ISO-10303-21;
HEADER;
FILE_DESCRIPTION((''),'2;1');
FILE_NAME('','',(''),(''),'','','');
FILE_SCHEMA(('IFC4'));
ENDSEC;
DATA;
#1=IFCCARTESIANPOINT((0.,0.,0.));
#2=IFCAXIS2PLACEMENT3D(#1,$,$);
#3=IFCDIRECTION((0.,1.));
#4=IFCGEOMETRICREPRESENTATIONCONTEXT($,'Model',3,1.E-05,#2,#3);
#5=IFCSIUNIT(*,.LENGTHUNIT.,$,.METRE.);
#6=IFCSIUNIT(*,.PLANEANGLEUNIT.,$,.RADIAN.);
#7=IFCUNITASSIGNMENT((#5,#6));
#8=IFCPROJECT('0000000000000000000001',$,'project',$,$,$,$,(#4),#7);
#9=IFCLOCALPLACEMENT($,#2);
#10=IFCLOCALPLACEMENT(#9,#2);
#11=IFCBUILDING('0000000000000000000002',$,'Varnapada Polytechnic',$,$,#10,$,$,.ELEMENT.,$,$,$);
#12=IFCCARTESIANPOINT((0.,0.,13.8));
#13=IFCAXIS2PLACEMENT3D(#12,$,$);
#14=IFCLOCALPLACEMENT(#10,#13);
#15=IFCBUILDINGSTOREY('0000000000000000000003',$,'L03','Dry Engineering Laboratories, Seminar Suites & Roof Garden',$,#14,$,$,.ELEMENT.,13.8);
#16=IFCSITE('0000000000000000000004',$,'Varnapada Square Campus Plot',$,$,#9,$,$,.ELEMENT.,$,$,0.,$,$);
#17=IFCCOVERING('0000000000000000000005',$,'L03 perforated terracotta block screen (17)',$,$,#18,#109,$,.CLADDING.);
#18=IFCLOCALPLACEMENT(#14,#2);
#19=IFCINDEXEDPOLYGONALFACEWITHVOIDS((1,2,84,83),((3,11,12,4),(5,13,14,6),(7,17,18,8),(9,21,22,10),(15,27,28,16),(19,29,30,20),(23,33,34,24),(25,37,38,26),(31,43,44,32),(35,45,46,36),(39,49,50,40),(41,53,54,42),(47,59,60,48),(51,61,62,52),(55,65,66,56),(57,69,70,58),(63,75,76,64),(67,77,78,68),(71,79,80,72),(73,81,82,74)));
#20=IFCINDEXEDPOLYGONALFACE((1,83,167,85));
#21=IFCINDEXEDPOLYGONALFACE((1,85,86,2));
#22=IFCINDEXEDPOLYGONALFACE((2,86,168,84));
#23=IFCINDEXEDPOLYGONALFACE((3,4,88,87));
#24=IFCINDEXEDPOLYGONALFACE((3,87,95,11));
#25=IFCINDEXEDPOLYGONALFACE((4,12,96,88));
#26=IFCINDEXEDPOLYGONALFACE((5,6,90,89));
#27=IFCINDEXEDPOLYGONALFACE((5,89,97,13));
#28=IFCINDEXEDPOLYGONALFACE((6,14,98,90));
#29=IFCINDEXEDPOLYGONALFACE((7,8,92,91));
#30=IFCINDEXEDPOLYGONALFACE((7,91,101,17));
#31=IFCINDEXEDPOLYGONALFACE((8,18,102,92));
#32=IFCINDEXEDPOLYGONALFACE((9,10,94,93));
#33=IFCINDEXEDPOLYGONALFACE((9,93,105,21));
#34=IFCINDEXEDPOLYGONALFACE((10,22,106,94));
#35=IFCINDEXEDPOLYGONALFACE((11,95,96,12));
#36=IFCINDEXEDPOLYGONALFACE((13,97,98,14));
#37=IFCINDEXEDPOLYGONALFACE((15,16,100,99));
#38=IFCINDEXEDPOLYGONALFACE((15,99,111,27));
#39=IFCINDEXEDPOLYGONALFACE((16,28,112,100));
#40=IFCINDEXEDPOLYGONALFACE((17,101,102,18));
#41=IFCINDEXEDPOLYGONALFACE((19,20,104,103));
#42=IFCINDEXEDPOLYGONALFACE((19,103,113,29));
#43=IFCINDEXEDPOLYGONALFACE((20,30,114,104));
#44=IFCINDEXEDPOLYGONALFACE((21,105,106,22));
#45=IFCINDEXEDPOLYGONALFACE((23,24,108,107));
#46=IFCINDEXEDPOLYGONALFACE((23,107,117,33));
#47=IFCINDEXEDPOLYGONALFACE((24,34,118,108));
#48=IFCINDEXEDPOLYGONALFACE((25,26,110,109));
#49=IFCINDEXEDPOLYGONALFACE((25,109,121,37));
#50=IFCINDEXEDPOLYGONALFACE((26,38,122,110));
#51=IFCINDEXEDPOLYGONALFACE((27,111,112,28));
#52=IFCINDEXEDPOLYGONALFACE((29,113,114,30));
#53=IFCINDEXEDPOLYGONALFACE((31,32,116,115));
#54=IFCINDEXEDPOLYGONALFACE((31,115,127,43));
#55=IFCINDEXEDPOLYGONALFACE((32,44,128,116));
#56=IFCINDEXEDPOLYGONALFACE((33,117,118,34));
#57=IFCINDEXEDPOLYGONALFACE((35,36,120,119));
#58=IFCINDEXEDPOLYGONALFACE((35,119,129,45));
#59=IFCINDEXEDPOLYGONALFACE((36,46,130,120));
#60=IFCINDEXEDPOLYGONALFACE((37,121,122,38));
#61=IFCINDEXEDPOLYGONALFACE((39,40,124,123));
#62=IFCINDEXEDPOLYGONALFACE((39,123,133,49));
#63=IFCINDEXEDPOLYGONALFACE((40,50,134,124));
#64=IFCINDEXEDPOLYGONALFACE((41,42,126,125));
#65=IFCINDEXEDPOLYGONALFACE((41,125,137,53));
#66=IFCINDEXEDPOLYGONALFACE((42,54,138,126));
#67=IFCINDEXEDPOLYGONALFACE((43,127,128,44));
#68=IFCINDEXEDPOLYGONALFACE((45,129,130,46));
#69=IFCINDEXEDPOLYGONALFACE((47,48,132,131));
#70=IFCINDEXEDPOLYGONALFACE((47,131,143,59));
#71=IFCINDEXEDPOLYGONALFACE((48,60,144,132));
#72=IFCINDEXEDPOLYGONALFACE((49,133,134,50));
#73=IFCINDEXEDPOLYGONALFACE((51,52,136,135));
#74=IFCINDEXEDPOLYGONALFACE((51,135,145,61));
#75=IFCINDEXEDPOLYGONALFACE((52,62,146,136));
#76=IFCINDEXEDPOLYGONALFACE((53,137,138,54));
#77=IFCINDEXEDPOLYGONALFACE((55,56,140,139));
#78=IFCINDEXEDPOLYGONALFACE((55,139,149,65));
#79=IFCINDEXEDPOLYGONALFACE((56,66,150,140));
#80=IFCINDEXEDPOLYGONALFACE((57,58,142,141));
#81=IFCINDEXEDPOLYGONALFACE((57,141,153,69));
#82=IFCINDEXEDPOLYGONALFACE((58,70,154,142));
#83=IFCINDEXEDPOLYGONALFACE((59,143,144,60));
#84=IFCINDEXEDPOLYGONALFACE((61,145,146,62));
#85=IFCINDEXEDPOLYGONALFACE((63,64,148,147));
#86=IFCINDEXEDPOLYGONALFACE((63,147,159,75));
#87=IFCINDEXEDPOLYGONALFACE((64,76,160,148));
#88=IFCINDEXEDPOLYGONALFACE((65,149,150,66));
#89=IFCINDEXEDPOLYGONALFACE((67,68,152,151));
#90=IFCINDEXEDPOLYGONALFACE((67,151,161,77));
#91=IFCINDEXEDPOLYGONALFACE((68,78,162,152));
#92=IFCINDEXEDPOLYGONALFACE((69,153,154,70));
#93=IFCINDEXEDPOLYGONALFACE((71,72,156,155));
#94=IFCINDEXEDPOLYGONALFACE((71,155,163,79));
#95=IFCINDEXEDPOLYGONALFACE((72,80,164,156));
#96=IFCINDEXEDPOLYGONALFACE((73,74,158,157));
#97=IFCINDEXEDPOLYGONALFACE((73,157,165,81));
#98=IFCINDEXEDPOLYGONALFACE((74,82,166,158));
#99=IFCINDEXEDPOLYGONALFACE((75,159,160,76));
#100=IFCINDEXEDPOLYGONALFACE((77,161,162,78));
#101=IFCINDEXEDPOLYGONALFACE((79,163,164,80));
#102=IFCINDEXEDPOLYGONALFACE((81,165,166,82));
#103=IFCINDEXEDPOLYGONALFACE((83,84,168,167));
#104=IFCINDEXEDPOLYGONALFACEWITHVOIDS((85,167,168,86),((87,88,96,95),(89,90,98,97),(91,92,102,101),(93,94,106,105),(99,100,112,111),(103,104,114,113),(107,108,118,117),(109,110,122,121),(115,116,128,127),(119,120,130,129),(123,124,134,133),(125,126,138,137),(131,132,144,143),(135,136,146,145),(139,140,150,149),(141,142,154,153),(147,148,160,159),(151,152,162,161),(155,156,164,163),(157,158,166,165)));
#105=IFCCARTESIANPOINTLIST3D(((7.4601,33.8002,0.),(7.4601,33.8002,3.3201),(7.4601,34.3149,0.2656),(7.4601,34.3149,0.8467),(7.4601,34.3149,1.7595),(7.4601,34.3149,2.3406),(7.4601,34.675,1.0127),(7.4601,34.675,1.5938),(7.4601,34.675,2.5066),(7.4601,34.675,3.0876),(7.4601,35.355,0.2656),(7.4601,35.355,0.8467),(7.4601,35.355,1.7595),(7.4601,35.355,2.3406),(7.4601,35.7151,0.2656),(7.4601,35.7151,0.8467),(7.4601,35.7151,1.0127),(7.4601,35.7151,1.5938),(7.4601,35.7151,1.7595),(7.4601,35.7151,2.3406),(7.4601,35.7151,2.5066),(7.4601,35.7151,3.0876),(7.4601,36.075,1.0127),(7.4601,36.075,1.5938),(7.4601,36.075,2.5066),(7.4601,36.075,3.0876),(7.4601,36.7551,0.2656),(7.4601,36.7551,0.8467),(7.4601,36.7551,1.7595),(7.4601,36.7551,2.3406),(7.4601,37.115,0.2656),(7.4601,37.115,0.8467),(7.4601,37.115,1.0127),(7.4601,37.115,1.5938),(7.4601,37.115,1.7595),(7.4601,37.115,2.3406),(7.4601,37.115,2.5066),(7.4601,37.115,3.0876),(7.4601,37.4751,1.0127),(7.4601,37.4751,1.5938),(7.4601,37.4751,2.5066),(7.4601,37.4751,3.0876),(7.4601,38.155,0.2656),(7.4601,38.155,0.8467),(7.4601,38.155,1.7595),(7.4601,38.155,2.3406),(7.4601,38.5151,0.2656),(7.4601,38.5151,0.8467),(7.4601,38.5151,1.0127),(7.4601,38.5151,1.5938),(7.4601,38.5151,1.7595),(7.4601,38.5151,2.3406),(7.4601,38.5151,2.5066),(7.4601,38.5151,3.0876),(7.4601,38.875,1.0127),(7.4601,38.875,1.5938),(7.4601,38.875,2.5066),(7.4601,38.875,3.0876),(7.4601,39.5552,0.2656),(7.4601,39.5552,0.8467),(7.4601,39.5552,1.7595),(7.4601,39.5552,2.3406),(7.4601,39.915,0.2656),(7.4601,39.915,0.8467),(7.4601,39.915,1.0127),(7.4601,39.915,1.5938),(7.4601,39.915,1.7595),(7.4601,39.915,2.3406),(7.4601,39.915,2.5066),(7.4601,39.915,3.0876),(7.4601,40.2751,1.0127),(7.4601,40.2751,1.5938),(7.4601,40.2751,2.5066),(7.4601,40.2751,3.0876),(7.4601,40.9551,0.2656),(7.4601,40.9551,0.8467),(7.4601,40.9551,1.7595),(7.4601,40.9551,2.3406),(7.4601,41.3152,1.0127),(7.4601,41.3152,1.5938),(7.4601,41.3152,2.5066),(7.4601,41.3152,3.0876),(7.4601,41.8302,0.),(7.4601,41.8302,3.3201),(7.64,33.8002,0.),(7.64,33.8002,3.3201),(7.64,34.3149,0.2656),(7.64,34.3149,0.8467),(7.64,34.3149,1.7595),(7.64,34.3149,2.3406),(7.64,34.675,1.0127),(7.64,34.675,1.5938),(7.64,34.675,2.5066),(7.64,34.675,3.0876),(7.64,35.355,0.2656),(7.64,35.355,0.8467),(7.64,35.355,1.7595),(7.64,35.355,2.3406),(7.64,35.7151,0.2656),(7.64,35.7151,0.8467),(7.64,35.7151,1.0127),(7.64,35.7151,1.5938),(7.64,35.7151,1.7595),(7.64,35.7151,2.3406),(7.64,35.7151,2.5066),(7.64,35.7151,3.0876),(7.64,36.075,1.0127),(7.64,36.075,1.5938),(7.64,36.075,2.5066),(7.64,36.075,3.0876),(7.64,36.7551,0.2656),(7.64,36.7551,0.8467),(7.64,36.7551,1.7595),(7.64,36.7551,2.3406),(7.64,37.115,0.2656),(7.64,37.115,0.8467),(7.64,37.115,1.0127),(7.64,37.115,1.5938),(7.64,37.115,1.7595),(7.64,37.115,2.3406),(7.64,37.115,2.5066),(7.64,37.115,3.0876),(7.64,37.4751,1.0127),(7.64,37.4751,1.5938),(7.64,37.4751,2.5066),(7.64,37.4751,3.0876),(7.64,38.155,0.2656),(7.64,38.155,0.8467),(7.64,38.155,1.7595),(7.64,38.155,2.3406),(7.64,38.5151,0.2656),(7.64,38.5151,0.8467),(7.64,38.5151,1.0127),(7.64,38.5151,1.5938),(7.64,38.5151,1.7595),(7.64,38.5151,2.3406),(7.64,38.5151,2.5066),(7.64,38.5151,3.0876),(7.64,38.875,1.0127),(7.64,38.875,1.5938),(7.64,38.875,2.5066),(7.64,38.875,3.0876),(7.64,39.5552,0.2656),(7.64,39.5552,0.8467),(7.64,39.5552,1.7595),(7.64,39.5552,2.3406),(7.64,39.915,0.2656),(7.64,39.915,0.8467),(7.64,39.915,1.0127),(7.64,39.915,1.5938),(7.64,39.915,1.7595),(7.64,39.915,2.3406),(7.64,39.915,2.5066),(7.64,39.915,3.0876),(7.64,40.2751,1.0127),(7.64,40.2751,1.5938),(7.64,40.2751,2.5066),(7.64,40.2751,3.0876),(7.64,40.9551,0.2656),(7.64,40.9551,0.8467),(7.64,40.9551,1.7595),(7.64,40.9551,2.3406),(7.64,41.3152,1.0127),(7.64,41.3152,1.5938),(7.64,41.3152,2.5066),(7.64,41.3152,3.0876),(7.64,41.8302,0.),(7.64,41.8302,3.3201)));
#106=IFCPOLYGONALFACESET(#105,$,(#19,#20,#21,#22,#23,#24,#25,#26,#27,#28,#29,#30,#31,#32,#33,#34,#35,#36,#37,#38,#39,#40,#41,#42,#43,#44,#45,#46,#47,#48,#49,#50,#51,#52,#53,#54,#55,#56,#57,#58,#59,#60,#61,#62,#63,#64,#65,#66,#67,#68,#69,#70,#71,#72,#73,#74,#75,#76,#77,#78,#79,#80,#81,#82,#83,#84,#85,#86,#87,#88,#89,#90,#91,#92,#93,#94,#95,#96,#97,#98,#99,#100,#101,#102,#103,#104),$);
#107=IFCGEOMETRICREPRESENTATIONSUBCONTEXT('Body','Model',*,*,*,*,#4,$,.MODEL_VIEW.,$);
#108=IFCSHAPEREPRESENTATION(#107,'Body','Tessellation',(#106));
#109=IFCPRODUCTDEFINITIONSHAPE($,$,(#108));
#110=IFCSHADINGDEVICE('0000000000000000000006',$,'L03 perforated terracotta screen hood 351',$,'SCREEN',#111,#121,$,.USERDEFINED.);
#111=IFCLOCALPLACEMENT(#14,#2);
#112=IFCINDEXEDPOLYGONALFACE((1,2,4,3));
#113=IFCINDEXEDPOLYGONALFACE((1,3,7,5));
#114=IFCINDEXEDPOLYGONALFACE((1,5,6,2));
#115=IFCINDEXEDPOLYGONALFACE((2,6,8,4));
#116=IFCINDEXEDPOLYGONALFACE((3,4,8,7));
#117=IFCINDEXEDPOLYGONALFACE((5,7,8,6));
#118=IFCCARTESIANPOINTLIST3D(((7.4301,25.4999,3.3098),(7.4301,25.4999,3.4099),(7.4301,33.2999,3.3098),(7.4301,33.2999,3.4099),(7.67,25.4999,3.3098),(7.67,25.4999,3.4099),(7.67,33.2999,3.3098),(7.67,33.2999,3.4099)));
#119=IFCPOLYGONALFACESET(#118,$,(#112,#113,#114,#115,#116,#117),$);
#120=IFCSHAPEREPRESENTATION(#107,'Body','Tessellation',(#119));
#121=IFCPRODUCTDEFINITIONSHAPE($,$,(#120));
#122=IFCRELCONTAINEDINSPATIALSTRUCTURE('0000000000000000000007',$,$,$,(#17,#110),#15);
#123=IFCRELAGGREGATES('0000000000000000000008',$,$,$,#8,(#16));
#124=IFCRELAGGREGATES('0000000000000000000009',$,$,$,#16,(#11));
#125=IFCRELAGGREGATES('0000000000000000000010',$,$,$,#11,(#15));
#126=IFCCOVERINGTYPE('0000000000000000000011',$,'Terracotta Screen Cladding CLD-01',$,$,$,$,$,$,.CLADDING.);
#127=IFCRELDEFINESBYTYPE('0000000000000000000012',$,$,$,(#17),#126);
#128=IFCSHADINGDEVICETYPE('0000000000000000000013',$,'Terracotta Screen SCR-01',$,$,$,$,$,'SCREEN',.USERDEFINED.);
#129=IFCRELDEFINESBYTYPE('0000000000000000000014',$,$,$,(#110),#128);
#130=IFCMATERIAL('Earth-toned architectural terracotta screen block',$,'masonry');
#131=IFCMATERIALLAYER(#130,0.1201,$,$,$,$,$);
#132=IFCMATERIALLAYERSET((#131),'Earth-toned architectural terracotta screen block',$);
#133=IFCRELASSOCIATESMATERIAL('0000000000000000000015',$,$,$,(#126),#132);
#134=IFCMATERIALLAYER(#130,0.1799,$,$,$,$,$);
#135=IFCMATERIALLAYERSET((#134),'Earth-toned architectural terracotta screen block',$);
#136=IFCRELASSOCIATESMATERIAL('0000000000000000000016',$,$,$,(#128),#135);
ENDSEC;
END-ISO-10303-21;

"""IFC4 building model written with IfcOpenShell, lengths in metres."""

from ifc_helpers import new_model, si_unit, direction, frame, frame_2d, origin, origin_2d, place, context, subcontext, project, spatial, rectangle, extrude, material, layer, layer_set, type_object, element, save


model = new_model("IFC4")

# Units and contexts
model_context = context("Model", 3, precision=1e-05, world=origin(), true_north=direction((0.0, 1.0)))
body_context = subcontext(model_context, "Body", "Model", "MODEL_VIEW")
ifc_project = project(units=[si_unit("LENGTHUNIT", "METRE"), si_unit("PLANEANGLEUNIT", "RADIAN")], contexts=[model_context])

# Site, building, storey
site_placement = place(None, origin())
site = spatial("IfcSite", under=ifc_project, at=site_placement, Name="Varnapada Square Campus Plot", CompositionType="ELEMENT", RefElevation=0.0)
building_placement = place(site_placement, origin())
building = spatial("IfcBuilding", under=site, at=building_placement, Name="Varnapada Polytechnic", CompositionType="ELEMENT")
storey_placement = place(building_placement, frame((0.0, 0.0, 13.8)))
storey = spatial("IfcBuildingStorey", under=building, at=storey_placement, Name="L03", Description="Dry Engineering Laboratories, Seminar Suites & Roof Garden", CompositionType="ELEMENT", Elevation=13.8)

# Covering, openings
ifc_material_1 = material(Name="Earth-toned architectural terracotta screen block", Category="masonry")
ifc_layer_1 = layer(ifc_material_1, 0.1201)
ifc_layer_set_1 = layer_set([ifc_layer_1], Name="Earth-toned architectural terracotta screen block")
covering_type = type_object("IfcCoveringType", Name="Terracotta Screen Cladding CLD-01", PredefinedType="CLADDING", material=ifc_layer_set_1)
covering_placement = place(storey_placement, frame((7.55, 33.8, 0.0), z_axis=(0.0, 0.0, 1.0), x_axis=(0.0, 1.0, 0.0)))
covering = element("IfcCovering", 1, at=covering_placement, inside=storey, type_object=covering_type, Name="L03 perforated terracotta block screen (17)", PredefinedType="CLADDING", context=body_context, shape_type="SweptSolid", body=[
    extrude(rectangle(XDim=8.03, YDim=0.1799, at=frame_2d((4.0151, 0.0))), origin(), (0.0, 0.0, 1.0), 3.3201),
])
opening_1_placement = place(covering_placement, frame((0.5149, 0.0, 0.2656)))
element("IfcOpeningElement", 2, at=opening_1_placement, cuts=covering, PredefinedType="OPENING", context=body_context, shape_type="SweptSolid", body=[
    extrude(rectangle(XDim=1.04, YDim=0.5811, at=frame_2d((0.52, 0.2905))), frame((0.0, 0.0999, 0.0), z_axis=(0.0, -1.0, 0.0), x_axis=(1.0, 0.0, 0.0)), (0.0, 0.0, 1.0), 0.2),
])
opening_2_placement = place(covering_placement, frame((1.915, 0.0, 0.2656)))
element("IfcOpeningElement", 3, at=opening_2_placement, cuts=covering, PredefinedType="OPENING", context=body_context, shape_type="SweptSolid", body=[
    extrude(rectangle(XDim=1.04, YDim=0.5811, at=frame_2d((0.52, 0.2905))), frame((0.0, 0.0999, 0.0), z_axis=(0.0, -1.0, 0.0), x_axis=(1.0, 0.0, 0.0)), (0.0, 0.0, 1.0), 0.2),
])
opening_3_placement = place(covering_placement, frame((3.3149, 0.0, 0.2656)))
element("IfcOpeningElement", 4, at=opening_3_placement, cuts=covering, PredefinedType="OPENING", context=body_context, shape_type="SweptSolid", body=[
    extrude(rectangle(XDim=1.04, YDim=0.5811, at=frame_2d((0.52, 0.2905))), frame((0.0, 0.0999, 0.0), z_axis=(0.0, -1.0, 0.0), x_axis=(1.0, 0.0, 0.0)), (0.0, 0.0, 1.0), 0.2),
])
opening_4_placement = place(covering_placement, frame((4.7151, 0.0, 0.2656)))
element("IfcOpeningElement", 5, at=opening_4_placement, cuts=covering, PredefinedType="OPENING", context=body_context, shape_type="SweptSolid", body=[
    extrude(rectangle(XDim=1.04, YDim=0.5811, at=frame_2d((0.52, 0.2905))), frame((0.0, 0.0999, 0.0), z_axis=(0.0, -1.0, 0.0), x_axis=(1.0, 0.0, 0.0)), (0.0, 0.0, 1.0), 0.2),
])
opening_5_placement = place(covering_placement, frame((6.115, 0.0, 0.2656)))
element("IfcOpeningElement", 6, at=opening_5_placement, cuts=covering, PredefinedType="OPENING", context=body_context, shape_type="SweptSolid", body=[
    extrude(rectangle(XDim=1.04, YDim=0.5811, at=frame_2d((0.52, 0.2905))), frame((0.0, 0.0999, 0.0), z_axis=(0.0, -1.0, 0.0), x_axis=(1.0, 0.0, 0.0)), (0.0, 0.0, 1.0), 0.2),
])
opening_6_placement = place(covering_placement, frame((0.875, 0.0, 1.0127)))
element("IfcOpeningElement", 7, at=opening_6_placement, cuts=covering, PredefinedType="OPENING", context=body_context, shape_type="SweptSolid", body=[
    extrude(rectangle(XDim=1.04, YDim=0.5811, at=frame_2d((0.52, 0.2905))), frame((0.0, 0.0999, 0.0), z_axis=(0.0, -1.0, 0.0), x_axis=(1.0, 0.0, 0.0)), (0.0, 0.0, 1.0), 0.2),
])
opening_7_placement = place(covering_placement, frame((2.2749, 0.0, 1.0127)))
element("IfcOpeningElement", 8, at=opening_7_placement, cuts=covering, PredefinedType="OPENING", context=body_context, shape_type="SweptSolid", body=[
    extrude(rectangle(XDim=1.04, YDim=0.5811, at=frame_2d((0.52, 0.2905))), frame((0.0, 0.0999, 0.0), z_axis=(0.0, -1.0, 0.0), x_axis=(1.0, 0.0, 0.0)), (0.0, 0.0, 1.0), 0.2),
])
opening_8_placement = place(covering_placement, frame((3.675, 0.0, 1.0127)))
element("IfcOpeningElement", 9, at=opening_8_placement, cuts=covering, PredefinedType="OPENING", context=body_context, shape_type="SweptSolid", body=[
    extrude(rectangle(XDim=1.04, YDim=0.5811, at=frame_2d((0.52, 0.2905))), frame((0.0, 0.0999, 0.0), z_axis=(0.0, -1.0, 0.0), x_axis=(1.0, 0.0, 0.0)), (0.0, 0.0, 1.0), 0.2),
])
opening_9_placement = place(covering_placement, frame((5.075, 0.0, 1.0127)))
element("IfcOpeningElement", 10, at=opening_9_placement, cuts=covering, PredefinedType="OPENING", context=body_context, shape_type="SweptSolid", body=[
    extrude(rectangle(XDim=1.04, YDim=0.5811, at=frame_2d((0.52, 0.2905))), frame((0.0, 0.0999, 0.0), z_axis=(0.0, -1.0, 0.0), x_axis=(1.0, 0.0, 0.0)), (0.0, 0.0, 1.0), 0.2),
])
opening_10_placement = place(covering_placement, frame((6.4751, 0.0, 1.0127)))
element("IfcOpeningElement", 11, at=opening_10_placement, cuts=covering, PredefinedType="OPENING", context=body_context, shape_type="SweptSolid", body=[
    extrude(rectangle(XDim=1.04, YDim=0.5811, at=frame_2d((0.52, 0.2905))), frame((0.0, 0.0999, 0.0), z_axis=(0.0, -1.0, 0.0), x_axis=(1.0, 0.0, 0.0)), (0.0, 0.0, 1.0), 0.2),
])
opening_11_placement = place(covering_placement, frame((0.5149, 0.0, 1.7595)))
element("IfcOpeningElement", 12, at=opening_11_placement, cuts=covering, PredefinedType="OPENING", context=body_context, shape_type="SweptSolid", body=[
    extrude(rectangle(XDim=1.04, YDim=0.5811, at=frame_2d((0.52, 0.2905))), frame((0.0, 0.0999, 0.0), z_axis=(0.0, -1.0, 0.0), x_axis=(1.0, 0.0, 0.0)), (0.0, 0.0, 1.0), 0.2),
])
opening_12_placement = place(covering_placement, frame((1.915, 0.0, 1.7595)))
element("IfcOpeningElement", 13, at=opening_12_placement, cuts=covering, PredefinedType="OPENING", context=body_context, shape_type="SweptSolid", body=[
    extrude(rectangle(XDim=1.04, YDim=0.5811, at=frame_2d((0.52, 0.2905))), frame((0.0, 0.0999, 0.0), z_axis=(0.0, -1.0, 0.0), x_axis=(1.0, 0.0, 0.0)), (0.0, 0.0, 1.0), 0.2),
])
opening_13_placement = place(covering_placement, frame((3.3149, 0.0, 1.7595)))
element("IfcOpeningElement", 14, at=opening_13_placement, cuts=covering, PredefinedType="OPENING", context=body_context, shape_type="SweptSolid", body=[
    extrude(rectangle(XDim=1.04, YDim=0.5811, at=frame_2d((0.52, 0.2905))), frame((0.0, 0.0999, 0.0), z_axis=(0.0, -1.0, 0.0), x_axis=(1.0, 0.0, 0.0)), (0.0, 0.0, 1.0), 0.2),
])
opening_14_placement = place(covering_placement, frame((4.7151, 0.0, 1.7595)))
element("IfcOpeningElement", 15, at=opening_14_placement, cuts=covering, PredefinedType="OPENING", context=body_context, shape_type="SweptSolid", body=[
    extrude(rectangle(XDim=1.04, YDim=0.5811, at=frame_2d((0.52, 0.2905))), frame((0.0, 0.0999, 0.0), z_axis=(0.0, -1.0, 0.0), x_axis=(1.0, 0.0, 0.0)), (0.0, 0.0, 1.0), 0.2),
])
opening_15_placement = place(covering_placement, frame((6.115, 0.0, 1.7595)))
element("IfcOpeningElement", 16, at=opening_15_placement, cuts=covering, PredefinedType="OPENING", context=body_context, shape_type="SweptSolid", body=[
    extrude(rectangle(XDim=1.04, YDim=0.5811, at=frame_2d((0.52, 0.2905))), frame((0.0, 0.0999, 0.0), z_axis=(0.0, -1.0, 0.0), x_axis=(1.0, 0.0, 0.0)), (0.0, 0.0, 1.0), 0.2),
])
opening_16_placement = place(covering_placement, frame((0.875, 0.0, 2.5066)))
element("IfcOpeningElement", 17, at=opening_16_placement, cuts=covering, PredefinedType="OPENING", context=body_context, shape_type="SweptSolid", body=[
    extrude(rectangle(XDim=1.04, YDim=0.5811, at=frame_2d((0.52, 0.2905))), frame((0.0, 0.0999, 0.0), z_axis=(0.0, -1.0, 0.0), x_axis=(1.0, 0.0, 0.0)), (0.0, 0.0, 1.0), 0.2),
])
opening_17_placement = place(covering_placement, frame((2.2749, 0.0, 2.5066)))
element("IfcOpeningElement", 18, at=opening_17_placement, cuts=covering, PredefinedType="OPENING", context=body_context, shape_type="SweptSolid", body=[
    extrude(rectangle(XDim=1.04, YDim=0.5811, at=frame_2d((0.52, 0.2905))), frame((0.0, 0.0999, 0.0), z_axis=(0.0, -1.0, 0.0), x_axis=(1.0, 0.0, 0.0)), (0.0, 0.0, 1.0), 0.2),
])
opening_18_placement = place(covering_placement, frame((3.675, 0.0, 2.5066)))
element("IfcOpeningElement", 19, at=opening_18_placement, cuts=covering, PredefinedType="OPENING", context=body_context, shape_type="SweptSolid", body=[
    extrude(rectangle(XDim=1.04, YDim=0.5811, at=frame_2d((0.52, 0.2905))), frame((0.0, 0.0999, 0.0), z_axis=(0.0, -1.0, 0.0), x_axis=(1.0, 0.0, 0.0)), (0.0, 0.0, 1.0), 0.2),
])
opening_19_placement = place(covering_placement, frame((5.075, 0.0, 2.5066)))
element("IfcOpeningElement", 20, at=opening_19_placement, cuts=covering, PredefinedType="OPENING", context=body_context, shape_type="SweptSolid", body=[
    extrude(rectangle(XDim=1.04, YDim=0.5811, at=frame_2d((0.52, 0.2905))), frame((0.0, 0.0999, 0.0), z_axis=(0.0, -1.0, 0.0), x_axis=(1.0, 0.0, 0.0)), (0.0, 0.0, 1.0), 0.2),
])
opening_20_placement = place(covering_placement, frame((6.4751, 0.0, 2.5066)))
element("IfcOpeningElement", 21, at=opening_20_placement, cuts=covering, PredefinedType="OPENING", context=body_context, shape_type="SweptSolid", body=[
    extrude(rectangle(XDim=1.04, YDim=0.5811, at=frame_2d((0.52, 0.2905))), frame((0.0, 0.0999, 0.0), z_axis=(0.0, -1.0, 0.0), x_axis=(1.0, 0.0, 0.0)), (0.0, 0.0, 1.0), 0.2),
])

# Shading device
ifc_layer_2 = layer(ifc_material_1, 0.1799)
ifc_layer_set_2 = layer_set([ifc_layer_2], Name="Earth-toned architectural terracotta screen block")
shading_device_type = type_object("IfcShadingDeviceType", Name="Terracotta Screen SCR-01", ElementType="SCREEN", PredefinedType="USERDEFINED", material=ifc_layer_set_2)
shading_device_placement = place(storey_placement, frame((7.55, 29.3999, 3.3098), z_axis=(0.0, 0.0, 1.0), x_axis=(0.0, 1.0, 0.0)))
element("IfcShadingDevice", 22, at=shading_device_placement, inside=storey, type_object=shading_device_type, Name="L03 perforated terracotta screen hood 351", ObjectType="SCREEN", PredefinedType="USERDEFINED", context=body_context, shape_type="SweptSolid", body=[
    extrude(rectangle(XDim=7.8, YDim=0.24, at=origin_2d()), origin(), (0.0, 0.0, 1.0), 0.1001),
])

save(model, "model.ifc")
